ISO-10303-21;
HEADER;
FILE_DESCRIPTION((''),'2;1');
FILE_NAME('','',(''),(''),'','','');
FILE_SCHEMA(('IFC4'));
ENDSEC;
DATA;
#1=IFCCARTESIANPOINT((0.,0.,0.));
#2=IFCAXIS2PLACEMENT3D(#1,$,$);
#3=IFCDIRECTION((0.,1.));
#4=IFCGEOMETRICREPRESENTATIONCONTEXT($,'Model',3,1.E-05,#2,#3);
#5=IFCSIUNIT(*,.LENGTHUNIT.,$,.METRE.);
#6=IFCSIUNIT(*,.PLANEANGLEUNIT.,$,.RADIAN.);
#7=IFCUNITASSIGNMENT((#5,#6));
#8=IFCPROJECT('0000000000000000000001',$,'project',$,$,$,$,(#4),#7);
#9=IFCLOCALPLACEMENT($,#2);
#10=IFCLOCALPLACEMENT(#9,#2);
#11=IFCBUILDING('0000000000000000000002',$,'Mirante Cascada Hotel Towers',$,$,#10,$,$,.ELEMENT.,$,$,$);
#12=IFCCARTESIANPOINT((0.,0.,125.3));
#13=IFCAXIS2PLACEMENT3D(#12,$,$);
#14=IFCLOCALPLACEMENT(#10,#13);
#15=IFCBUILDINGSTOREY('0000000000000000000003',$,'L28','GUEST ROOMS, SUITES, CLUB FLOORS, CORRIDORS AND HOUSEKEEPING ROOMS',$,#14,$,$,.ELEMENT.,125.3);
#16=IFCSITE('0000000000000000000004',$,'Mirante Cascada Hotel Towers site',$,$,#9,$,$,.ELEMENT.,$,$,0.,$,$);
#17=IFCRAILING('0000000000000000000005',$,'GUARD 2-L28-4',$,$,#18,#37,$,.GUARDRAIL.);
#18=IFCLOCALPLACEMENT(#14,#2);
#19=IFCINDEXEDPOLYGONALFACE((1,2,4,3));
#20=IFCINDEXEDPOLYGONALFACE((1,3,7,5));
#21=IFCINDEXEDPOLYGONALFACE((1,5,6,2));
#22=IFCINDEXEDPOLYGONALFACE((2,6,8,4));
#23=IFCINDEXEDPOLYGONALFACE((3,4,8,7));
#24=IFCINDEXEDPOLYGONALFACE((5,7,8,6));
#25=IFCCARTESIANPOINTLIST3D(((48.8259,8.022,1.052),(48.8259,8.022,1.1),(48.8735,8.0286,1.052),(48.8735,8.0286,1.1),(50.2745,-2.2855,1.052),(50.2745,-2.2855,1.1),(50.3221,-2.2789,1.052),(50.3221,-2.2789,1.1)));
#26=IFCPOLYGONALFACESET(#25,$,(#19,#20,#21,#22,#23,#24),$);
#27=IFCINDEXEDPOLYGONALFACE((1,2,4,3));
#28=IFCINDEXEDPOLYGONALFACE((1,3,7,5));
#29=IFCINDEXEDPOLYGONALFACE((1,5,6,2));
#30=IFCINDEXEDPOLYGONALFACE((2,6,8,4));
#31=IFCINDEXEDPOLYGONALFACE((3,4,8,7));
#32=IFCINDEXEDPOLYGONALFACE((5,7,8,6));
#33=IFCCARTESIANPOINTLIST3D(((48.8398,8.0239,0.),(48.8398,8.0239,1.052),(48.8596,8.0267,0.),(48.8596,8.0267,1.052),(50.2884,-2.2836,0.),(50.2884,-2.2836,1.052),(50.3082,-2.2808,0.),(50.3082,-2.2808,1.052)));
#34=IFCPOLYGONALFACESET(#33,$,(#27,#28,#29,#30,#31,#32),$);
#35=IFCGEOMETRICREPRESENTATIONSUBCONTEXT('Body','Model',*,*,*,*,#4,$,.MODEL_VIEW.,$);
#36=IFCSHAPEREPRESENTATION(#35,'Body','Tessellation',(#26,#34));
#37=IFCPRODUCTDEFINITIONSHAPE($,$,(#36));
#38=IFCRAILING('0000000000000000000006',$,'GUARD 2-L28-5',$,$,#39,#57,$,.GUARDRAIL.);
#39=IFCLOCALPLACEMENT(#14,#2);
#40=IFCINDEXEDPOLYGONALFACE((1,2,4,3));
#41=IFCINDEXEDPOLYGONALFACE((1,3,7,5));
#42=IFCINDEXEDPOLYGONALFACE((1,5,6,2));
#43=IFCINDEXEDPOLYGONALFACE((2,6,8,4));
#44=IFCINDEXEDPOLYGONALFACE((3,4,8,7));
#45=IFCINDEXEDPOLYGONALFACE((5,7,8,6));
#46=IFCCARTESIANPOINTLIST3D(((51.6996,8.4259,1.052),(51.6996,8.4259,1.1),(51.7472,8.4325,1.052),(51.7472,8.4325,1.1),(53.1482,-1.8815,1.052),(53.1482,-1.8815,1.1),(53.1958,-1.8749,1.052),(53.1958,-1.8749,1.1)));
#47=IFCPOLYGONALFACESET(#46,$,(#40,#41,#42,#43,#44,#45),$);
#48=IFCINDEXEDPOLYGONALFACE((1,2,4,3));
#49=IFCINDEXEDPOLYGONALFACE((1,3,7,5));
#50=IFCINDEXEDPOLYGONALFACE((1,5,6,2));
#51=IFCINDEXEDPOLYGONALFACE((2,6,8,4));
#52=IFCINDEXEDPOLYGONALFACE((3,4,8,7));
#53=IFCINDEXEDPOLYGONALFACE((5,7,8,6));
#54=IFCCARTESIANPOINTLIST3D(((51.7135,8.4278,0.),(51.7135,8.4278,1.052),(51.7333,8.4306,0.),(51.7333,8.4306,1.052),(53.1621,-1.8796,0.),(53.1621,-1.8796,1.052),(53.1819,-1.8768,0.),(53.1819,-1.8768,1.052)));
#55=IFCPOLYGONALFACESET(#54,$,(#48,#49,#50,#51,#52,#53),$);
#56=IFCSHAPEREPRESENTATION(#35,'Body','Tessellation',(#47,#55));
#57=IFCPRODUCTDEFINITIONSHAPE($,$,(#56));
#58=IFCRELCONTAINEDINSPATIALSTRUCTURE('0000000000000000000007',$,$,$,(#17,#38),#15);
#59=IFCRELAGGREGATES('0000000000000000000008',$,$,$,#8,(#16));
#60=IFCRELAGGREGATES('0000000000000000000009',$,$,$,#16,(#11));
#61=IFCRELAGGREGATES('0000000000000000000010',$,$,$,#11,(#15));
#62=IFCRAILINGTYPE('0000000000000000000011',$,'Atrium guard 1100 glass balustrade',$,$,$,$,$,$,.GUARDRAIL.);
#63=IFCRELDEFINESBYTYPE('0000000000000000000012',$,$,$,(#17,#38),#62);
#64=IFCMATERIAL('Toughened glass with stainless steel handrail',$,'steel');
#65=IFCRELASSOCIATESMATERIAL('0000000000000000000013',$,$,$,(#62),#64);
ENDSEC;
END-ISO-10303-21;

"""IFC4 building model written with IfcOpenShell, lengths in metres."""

from ifc_helpers import new_model, si_unit, direction, frame, origin, origin_2d, place, context, subcontext, project, spatial, rectangle, extrude, material, type_object, element, save


model = new_model("IFC4")

# Units and contexts
model_context = context("Model", 3, precision=1e-05, world=origin(), true_north=direction((0.0, 1.0)))
body_context = subcontext(model_context, "Body", "Model", "MODEL_VIEW")
ifc_project = project(units=[si_unit("LENGTHUNIT", "METRE"), si_unit("PLANEANGLEUNIT", "RADIAN")], contexts=[model_context])

# Site, building, storey
site_placement = place(None, origin())
site = spatial("IfcSite", under=ifc_project, at=site_placement, Name="Mirante Cascada Hotel Towers site", CompositionType="ELEMENT", RefElevation=0.0)
building_placement = place(site_placement, origin())
building = spatial("IfcBuilding", under=site, at=building_placement, Name="Mirante Cascada Hotel Towers", CompositionType="ELEMENT")
storey_placement = place(building_placement, frame((0.0, 0.0, 125.3)))
storey = spatial("IfcBuildingStorey", under=building, at=storey_placement, Name="L28", Description="GUEST ROOMS, SUITES, CLUB FLOORS, CORRIDORS AND HOUSEKEEPING ROOMS", CompositionType="ELEMENT", Elevation=125.3)

# Railings
ifc_material_1 = material(Name="Toughened glass with stainless steel handrail", Category="steel")
railing_type = type_object("IfcRailingType", Name="Atrium guard 1100 glass balustrade", PredefinedType="GUARDRAIL", material=ifc_material_1)
railing_1_placement = place(storey_placement, frame((50.2983, -2.2822, 0.0)))
element("IfcRailing", 1, at=railing_1_placement, inside=storey, type_object=railing_type, Name="GUARD 2-L28-4", PredefinedType="GUARDRAIL", context=body_context, shape_type="SweptSolid", body=[
    extrude(rectangle(XDim=0.048, YDim=0.048, at=origin_2d()), frame((0.0, 0.0, 1.076), z_axis=(-0.139171, 0.990268, 0.0), x_axis=(-0.990268, -0.139171, 0.0)), (0.0, 0.0, 1.0), 10.4088),
    extrude(rectangle(XDim=0.02, YDim=1.052, at=origin_2d()), frame((0.0, 0.0, 0.526), z_axis=(-0.139171, 0.990268, 0.0), x_axis=(-0.990268, -0.139171, 0.0)), (0.0, 0.0, 1.0), 10.4088),
])
railing_2_placement = place(storey_placement, frame((51.7234, 8.4292, 0.0)))
element("IfcRailing", 2, at=railing_2_placement, inside=storey, type_object=railing_type, Name="GUARD 2-L28-5", PredefinedType="GUARDRAIL", context=body_context, shape_type="SweptSolid", body=[
    extrude(rectangle(XDim=0.048, YDim=0.048, at=origin_2d()), frame((0.0, 0.0, 1.076), z_axis=(0.139172, -0.990268, 0.0), x_axis=(0.990268, 0.139172, 0.0)), (0.0, 0.0, 1.0), 10.4087),
    extrude(rectangle(XDim=0.02, YDim=1.052, at=origin_2d()), frame((0.0, 0.0, 0.526), z_axis=(0.139172, -0.990268, 0.0), x_axis=(0.990268, 0.139172, 0.0)), (0.0, 0.0, 1.0), 10.4087),
])

save(model, "model.ifc")
